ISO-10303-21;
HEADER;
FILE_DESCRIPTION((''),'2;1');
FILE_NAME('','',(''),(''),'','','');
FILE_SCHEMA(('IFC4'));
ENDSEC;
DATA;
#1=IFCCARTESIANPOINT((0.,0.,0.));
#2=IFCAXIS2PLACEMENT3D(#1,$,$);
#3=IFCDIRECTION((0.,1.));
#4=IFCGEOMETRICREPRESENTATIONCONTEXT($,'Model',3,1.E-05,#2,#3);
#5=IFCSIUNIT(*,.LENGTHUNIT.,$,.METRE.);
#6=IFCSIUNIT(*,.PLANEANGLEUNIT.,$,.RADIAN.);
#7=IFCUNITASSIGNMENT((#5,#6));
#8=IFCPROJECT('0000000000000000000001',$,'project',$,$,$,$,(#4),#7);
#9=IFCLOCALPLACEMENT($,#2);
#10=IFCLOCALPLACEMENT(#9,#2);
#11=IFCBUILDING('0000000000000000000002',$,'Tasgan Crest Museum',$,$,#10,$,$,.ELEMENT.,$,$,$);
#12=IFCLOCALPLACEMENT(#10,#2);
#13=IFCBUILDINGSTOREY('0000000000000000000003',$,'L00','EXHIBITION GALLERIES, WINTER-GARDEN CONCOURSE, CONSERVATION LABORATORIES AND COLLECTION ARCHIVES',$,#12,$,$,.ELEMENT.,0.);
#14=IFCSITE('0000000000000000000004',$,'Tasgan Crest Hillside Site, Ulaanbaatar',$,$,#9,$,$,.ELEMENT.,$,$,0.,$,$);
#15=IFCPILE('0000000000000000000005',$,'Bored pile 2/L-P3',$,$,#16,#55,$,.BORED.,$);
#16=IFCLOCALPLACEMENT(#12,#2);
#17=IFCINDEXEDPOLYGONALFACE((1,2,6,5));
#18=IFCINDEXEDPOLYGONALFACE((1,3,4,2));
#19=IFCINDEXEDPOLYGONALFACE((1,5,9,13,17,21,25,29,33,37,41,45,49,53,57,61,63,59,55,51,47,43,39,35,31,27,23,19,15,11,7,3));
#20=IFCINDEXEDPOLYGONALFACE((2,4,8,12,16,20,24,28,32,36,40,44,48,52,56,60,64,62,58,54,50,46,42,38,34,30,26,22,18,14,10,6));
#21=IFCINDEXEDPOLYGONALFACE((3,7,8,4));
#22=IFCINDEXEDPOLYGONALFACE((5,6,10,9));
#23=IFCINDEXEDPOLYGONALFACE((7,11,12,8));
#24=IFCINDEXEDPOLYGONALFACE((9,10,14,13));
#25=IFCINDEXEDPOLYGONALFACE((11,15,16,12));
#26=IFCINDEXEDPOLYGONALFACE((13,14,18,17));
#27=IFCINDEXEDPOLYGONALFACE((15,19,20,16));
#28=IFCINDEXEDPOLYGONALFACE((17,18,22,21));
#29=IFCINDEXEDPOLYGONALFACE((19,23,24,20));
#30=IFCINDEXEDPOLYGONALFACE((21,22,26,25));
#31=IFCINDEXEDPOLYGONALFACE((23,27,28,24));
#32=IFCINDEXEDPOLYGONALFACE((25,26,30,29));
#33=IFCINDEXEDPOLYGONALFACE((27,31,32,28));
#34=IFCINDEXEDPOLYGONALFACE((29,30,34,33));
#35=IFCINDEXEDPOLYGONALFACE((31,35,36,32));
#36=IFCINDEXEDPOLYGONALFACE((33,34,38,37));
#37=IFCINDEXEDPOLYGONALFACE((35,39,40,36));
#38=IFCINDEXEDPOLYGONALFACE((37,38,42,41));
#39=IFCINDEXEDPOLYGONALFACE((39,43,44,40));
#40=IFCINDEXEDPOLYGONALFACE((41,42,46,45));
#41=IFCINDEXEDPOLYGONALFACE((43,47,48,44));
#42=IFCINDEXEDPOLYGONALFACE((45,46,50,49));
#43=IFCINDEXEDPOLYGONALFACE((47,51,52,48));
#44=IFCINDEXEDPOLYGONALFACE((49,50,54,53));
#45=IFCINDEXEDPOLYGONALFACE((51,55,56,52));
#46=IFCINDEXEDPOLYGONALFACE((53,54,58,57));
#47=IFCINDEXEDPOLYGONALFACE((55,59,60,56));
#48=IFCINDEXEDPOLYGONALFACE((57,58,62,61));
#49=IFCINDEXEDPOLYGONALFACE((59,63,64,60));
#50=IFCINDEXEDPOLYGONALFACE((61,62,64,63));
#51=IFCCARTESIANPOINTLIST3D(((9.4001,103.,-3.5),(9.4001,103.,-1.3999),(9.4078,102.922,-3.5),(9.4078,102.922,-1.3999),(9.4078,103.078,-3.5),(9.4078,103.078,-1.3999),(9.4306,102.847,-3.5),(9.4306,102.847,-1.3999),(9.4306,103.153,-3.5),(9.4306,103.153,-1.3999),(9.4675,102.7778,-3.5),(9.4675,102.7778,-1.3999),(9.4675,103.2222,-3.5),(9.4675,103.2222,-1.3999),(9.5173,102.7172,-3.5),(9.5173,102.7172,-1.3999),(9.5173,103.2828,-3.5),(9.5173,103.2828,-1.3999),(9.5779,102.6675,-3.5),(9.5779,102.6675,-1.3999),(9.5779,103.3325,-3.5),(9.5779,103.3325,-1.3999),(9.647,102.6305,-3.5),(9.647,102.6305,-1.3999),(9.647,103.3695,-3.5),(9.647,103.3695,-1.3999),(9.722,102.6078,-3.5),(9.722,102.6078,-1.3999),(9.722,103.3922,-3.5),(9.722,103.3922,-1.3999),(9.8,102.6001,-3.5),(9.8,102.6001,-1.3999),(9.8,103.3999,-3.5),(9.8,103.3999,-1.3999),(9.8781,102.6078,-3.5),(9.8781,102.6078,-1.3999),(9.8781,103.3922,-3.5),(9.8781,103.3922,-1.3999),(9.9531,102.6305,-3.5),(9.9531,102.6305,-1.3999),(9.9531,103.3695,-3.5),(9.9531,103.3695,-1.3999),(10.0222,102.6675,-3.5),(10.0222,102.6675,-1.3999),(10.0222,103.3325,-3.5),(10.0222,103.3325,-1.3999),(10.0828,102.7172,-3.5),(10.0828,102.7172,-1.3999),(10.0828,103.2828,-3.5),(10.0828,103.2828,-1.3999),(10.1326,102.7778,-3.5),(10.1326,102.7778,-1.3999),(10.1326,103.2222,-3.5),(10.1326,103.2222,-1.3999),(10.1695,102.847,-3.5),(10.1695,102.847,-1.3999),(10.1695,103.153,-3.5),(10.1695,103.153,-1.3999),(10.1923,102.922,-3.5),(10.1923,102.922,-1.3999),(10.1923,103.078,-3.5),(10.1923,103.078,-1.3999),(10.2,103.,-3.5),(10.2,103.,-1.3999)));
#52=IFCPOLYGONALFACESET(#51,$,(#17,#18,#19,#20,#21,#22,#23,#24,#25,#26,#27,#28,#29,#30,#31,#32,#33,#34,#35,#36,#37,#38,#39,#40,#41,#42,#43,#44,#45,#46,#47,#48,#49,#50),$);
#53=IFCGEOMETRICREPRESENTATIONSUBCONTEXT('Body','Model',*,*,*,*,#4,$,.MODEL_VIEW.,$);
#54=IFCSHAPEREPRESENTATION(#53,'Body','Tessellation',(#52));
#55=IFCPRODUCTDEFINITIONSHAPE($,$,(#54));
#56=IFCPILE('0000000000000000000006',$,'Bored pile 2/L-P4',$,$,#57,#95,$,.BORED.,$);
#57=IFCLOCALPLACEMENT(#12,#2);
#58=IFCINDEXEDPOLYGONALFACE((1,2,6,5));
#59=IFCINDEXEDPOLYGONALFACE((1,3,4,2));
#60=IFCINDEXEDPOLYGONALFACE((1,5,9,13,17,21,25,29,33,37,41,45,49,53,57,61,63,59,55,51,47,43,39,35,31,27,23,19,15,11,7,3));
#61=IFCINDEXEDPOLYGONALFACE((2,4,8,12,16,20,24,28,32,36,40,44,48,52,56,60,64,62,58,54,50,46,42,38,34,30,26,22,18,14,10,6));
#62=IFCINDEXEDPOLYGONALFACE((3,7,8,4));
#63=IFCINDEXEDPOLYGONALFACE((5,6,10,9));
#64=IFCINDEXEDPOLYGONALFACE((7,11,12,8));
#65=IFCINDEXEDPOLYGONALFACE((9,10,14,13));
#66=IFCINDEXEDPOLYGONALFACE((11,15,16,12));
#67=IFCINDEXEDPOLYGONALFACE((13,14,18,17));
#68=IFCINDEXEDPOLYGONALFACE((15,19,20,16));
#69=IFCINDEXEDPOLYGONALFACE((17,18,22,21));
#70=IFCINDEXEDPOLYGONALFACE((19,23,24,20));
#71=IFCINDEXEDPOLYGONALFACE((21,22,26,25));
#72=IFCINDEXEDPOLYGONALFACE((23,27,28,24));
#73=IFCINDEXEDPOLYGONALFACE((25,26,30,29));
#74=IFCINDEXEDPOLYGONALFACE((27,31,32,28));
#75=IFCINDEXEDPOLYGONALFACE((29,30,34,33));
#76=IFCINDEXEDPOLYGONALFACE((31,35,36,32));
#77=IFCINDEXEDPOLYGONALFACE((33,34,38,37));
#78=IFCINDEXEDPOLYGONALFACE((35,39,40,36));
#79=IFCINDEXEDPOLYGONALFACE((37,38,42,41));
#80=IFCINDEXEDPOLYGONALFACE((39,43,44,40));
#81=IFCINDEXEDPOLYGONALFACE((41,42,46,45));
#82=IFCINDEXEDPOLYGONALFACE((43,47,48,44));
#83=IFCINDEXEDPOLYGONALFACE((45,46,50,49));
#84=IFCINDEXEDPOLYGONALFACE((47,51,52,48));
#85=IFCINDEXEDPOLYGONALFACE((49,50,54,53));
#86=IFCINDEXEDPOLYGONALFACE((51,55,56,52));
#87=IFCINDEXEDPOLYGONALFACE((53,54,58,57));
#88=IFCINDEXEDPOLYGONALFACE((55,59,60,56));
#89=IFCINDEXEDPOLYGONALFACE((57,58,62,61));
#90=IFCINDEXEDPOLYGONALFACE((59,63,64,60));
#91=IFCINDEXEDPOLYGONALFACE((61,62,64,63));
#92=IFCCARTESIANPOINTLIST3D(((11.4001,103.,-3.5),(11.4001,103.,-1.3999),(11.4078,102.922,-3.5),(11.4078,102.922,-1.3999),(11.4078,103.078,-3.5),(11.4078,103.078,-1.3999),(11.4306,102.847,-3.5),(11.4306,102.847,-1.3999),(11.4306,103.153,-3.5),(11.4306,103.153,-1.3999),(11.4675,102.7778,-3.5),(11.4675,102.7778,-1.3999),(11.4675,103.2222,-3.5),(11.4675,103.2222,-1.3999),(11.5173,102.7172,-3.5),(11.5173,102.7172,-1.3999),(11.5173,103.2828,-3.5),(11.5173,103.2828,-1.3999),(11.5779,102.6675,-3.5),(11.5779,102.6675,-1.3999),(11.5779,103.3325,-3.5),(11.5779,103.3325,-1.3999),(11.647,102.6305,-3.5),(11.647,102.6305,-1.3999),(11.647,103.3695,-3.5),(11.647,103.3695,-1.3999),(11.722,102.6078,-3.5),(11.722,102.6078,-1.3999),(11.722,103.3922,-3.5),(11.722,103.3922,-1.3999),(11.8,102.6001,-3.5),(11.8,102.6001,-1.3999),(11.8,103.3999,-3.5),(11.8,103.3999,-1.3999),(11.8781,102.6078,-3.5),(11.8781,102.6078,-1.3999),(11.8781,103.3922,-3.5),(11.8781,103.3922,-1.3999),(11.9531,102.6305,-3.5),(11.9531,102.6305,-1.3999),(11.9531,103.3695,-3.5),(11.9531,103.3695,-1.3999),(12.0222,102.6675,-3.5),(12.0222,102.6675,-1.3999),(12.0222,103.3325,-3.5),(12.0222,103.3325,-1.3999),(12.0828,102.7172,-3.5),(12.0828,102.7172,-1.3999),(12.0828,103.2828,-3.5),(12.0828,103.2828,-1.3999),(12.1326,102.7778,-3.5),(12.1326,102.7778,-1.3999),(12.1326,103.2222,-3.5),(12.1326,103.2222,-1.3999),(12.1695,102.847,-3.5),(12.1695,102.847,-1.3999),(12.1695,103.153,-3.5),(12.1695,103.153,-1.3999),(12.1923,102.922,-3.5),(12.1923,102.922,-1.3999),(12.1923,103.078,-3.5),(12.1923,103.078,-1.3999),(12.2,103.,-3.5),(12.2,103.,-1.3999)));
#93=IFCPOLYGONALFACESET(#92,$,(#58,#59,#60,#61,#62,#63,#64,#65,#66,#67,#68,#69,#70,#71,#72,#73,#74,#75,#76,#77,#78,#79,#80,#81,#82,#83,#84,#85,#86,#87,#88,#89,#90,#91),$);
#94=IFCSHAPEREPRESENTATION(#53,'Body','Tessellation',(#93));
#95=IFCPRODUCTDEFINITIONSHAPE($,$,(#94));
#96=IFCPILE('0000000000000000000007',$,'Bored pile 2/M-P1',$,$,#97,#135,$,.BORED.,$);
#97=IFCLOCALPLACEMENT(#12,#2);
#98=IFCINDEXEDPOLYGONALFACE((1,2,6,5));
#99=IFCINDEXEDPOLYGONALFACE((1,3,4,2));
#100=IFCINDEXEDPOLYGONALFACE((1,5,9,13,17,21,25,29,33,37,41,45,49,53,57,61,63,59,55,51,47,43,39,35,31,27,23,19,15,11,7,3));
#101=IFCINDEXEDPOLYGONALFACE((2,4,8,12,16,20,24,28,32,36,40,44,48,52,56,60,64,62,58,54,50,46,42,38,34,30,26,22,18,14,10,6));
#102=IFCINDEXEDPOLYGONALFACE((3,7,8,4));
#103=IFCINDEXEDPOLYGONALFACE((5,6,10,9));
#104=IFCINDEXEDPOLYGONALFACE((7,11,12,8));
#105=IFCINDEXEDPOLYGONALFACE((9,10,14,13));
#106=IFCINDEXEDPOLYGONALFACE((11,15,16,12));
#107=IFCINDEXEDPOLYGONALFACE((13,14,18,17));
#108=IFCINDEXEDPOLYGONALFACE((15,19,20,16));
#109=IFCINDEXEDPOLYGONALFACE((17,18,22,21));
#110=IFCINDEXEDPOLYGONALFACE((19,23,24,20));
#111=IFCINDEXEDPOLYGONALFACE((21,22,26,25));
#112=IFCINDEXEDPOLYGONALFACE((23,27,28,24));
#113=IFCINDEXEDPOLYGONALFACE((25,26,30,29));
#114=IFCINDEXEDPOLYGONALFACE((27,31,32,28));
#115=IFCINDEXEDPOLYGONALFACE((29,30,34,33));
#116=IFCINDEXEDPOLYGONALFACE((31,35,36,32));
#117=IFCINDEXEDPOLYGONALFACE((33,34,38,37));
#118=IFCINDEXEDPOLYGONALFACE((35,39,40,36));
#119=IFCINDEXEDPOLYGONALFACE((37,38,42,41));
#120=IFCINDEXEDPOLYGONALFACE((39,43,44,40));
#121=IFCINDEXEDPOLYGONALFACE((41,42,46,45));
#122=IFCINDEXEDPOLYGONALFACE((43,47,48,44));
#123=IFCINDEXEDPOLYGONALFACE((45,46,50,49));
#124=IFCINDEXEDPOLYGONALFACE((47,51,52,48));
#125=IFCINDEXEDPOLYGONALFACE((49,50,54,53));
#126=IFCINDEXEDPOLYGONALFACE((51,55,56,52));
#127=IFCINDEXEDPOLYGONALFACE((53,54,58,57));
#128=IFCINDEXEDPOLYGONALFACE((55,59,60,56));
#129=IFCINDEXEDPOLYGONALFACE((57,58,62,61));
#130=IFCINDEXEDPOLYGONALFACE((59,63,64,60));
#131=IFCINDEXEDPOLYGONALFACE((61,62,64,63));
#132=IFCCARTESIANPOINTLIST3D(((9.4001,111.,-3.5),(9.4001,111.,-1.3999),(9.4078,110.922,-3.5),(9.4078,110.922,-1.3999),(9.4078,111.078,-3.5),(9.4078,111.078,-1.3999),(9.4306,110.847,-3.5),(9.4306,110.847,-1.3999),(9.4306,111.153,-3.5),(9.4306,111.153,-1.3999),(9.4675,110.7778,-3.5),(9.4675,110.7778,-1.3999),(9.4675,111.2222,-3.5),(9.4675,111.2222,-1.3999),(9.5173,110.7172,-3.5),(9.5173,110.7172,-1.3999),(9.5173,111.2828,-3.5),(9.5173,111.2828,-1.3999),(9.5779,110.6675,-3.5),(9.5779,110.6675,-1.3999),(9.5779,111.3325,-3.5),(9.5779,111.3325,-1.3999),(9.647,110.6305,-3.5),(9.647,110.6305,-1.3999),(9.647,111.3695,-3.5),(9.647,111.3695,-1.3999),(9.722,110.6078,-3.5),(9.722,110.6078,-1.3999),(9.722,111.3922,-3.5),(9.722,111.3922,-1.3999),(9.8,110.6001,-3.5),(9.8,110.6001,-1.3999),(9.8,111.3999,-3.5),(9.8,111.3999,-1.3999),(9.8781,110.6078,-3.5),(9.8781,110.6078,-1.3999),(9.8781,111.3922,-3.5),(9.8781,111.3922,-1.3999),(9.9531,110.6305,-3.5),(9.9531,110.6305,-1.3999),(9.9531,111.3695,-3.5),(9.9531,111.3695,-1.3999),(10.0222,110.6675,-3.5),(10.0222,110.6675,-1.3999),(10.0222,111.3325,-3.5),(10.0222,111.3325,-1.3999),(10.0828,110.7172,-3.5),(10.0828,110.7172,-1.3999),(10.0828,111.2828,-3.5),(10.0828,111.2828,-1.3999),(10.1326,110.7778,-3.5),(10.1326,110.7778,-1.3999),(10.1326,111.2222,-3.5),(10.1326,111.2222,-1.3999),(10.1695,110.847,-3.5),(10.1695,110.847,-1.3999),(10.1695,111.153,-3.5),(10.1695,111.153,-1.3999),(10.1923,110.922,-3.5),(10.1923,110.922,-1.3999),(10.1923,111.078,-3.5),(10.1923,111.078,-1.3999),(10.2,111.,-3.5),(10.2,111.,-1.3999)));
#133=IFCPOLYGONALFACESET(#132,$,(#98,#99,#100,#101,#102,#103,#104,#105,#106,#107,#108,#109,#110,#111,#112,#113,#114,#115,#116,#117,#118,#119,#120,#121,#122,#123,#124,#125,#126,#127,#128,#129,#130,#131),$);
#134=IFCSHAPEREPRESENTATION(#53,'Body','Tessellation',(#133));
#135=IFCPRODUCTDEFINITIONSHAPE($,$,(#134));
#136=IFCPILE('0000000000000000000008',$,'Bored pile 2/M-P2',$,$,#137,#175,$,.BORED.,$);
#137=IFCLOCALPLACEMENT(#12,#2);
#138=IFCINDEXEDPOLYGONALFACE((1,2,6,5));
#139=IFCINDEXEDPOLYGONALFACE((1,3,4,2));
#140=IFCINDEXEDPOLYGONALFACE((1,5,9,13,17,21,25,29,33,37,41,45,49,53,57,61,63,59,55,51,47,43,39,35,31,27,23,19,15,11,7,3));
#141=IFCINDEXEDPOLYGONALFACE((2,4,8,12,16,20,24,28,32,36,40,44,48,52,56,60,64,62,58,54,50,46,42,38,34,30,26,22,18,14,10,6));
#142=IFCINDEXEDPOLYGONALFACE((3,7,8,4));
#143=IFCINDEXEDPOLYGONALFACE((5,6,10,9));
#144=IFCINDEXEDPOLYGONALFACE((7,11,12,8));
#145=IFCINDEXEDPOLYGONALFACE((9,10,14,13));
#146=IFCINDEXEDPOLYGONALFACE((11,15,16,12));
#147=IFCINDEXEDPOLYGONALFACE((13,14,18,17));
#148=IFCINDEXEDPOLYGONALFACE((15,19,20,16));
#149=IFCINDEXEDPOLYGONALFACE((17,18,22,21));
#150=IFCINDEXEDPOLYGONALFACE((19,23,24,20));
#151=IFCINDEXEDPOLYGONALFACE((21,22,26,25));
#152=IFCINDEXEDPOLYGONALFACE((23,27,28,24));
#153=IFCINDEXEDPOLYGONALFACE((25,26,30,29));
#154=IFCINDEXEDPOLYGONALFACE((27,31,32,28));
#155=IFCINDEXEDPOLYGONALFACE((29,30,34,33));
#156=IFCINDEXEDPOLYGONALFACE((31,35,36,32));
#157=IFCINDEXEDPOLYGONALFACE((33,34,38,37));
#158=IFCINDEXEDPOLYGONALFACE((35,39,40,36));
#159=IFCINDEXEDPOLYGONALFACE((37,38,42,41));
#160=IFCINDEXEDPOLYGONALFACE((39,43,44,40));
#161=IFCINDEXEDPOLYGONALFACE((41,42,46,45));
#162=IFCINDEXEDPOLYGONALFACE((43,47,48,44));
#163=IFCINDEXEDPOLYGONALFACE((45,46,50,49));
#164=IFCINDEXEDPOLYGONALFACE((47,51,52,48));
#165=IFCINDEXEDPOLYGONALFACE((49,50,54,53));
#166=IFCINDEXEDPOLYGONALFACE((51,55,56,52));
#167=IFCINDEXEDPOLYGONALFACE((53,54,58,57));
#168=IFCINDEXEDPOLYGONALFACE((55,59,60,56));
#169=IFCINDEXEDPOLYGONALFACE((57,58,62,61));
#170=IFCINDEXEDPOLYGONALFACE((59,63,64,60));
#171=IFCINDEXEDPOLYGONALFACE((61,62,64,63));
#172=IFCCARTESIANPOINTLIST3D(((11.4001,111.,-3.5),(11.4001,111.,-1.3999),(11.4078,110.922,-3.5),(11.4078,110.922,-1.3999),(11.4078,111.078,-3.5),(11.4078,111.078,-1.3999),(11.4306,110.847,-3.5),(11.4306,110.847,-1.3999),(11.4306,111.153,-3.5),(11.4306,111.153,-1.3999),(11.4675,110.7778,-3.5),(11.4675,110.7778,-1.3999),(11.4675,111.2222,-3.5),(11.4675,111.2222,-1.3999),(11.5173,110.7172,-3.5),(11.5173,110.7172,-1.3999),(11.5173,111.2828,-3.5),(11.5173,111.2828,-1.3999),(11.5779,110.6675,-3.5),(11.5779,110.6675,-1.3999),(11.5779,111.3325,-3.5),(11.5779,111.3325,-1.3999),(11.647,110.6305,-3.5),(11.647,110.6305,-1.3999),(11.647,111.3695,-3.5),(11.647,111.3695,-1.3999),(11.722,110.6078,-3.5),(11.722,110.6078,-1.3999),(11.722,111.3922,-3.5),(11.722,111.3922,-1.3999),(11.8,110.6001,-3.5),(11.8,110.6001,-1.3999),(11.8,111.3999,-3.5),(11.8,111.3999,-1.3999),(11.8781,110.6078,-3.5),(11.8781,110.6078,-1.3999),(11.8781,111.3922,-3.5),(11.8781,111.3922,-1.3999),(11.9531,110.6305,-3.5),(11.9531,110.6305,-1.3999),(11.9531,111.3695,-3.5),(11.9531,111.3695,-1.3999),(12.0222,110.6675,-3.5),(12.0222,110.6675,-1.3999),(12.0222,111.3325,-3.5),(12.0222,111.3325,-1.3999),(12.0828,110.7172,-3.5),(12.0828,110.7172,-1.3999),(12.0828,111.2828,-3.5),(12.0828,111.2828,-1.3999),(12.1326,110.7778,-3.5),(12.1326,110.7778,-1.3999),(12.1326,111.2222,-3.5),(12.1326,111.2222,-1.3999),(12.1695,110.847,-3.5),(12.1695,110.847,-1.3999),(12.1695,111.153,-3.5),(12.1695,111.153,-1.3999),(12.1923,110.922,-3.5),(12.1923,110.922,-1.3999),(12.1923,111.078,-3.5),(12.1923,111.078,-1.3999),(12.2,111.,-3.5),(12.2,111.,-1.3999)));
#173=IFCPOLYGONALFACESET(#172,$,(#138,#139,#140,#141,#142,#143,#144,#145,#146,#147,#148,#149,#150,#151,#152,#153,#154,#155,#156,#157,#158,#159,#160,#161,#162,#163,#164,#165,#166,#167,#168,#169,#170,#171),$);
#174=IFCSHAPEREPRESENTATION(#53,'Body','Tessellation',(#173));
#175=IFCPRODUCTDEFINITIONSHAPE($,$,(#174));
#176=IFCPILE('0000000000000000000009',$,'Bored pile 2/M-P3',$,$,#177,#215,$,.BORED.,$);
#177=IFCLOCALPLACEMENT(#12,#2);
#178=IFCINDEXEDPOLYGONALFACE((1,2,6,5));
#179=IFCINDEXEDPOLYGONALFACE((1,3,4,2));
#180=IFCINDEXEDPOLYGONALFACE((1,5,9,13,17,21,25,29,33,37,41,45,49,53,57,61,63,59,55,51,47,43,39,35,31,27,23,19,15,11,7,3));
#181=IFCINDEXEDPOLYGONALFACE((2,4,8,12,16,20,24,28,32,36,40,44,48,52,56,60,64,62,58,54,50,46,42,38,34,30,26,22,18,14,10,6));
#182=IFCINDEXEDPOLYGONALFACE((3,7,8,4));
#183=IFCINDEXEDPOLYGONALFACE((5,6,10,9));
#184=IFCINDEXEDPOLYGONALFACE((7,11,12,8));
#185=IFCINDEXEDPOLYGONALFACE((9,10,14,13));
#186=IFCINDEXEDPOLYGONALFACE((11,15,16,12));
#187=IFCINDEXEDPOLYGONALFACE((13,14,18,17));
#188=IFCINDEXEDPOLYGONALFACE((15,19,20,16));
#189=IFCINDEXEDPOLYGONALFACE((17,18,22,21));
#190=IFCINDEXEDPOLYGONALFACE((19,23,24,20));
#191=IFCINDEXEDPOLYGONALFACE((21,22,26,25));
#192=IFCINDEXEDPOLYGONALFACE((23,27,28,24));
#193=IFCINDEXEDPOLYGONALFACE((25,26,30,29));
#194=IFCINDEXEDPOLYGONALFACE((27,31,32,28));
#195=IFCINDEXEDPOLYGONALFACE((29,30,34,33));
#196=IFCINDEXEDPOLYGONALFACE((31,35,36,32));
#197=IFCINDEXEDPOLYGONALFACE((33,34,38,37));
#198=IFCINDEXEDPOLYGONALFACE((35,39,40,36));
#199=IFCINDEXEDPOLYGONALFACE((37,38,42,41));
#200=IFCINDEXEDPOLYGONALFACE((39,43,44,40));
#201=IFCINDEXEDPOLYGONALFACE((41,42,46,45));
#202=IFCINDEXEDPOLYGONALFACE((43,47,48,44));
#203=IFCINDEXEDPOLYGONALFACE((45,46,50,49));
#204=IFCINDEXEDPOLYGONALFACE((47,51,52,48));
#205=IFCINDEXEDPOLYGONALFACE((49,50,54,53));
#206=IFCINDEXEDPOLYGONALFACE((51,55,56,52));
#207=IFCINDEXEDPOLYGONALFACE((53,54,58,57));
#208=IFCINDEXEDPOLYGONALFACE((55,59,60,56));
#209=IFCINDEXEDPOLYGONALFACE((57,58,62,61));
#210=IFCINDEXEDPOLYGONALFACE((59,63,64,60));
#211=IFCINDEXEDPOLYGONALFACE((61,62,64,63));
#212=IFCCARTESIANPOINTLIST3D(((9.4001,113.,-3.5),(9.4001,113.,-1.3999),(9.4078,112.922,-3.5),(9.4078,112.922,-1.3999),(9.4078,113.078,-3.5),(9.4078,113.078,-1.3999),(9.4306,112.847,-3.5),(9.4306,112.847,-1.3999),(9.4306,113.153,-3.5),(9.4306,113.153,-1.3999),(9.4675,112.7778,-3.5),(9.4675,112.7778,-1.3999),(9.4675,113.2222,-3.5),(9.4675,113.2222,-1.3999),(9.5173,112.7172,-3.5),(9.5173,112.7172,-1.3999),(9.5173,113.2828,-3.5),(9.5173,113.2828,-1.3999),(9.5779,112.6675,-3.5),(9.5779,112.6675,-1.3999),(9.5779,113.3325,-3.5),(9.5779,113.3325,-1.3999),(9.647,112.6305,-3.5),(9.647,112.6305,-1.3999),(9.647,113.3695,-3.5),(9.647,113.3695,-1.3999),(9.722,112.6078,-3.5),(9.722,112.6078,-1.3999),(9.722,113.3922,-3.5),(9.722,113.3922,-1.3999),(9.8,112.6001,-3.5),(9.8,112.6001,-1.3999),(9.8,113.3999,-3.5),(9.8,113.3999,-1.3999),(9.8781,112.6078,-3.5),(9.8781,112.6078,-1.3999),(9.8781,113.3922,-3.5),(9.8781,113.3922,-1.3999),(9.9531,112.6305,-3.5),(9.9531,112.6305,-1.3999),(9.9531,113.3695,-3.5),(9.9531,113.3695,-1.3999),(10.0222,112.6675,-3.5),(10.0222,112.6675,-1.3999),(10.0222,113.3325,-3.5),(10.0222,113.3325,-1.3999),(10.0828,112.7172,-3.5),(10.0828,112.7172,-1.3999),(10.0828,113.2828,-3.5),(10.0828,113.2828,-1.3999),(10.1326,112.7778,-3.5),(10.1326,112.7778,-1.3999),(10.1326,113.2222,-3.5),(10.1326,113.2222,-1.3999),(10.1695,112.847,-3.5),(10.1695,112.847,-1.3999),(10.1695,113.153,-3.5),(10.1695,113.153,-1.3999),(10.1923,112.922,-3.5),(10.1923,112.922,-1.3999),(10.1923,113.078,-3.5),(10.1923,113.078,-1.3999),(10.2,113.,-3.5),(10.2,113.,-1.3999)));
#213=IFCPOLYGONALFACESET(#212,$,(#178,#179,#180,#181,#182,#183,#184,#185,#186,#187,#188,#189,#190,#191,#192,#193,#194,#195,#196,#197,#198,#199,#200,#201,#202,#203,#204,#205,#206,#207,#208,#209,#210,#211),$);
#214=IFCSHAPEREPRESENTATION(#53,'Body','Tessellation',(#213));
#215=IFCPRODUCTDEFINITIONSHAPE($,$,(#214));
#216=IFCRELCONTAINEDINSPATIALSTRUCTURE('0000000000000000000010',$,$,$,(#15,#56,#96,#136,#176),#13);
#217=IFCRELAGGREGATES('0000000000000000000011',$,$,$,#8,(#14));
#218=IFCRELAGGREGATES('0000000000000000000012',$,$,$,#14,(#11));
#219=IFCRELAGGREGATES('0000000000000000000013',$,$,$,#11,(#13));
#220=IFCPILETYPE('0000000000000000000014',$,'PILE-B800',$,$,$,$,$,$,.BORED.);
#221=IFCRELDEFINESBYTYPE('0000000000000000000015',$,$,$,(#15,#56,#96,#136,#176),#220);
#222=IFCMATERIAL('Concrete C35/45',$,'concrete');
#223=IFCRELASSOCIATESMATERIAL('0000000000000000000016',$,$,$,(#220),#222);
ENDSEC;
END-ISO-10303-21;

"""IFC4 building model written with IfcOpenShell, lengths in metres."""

from ifc_helpers import new_model, si_unit, direction, frame, origin, origin_2d, place, context, subcontext, project, spatial, circle, extrude, material, material_profile, profile_set, type_object, element, save


model = new_model("IFC4")

# Units and contexts
model_context = context("Model", 3, precision=1e-05, world=origin(), true_north=direction((0.0, 1.0)))
body_context = subcontext(model_context, "Body", "Model", "MODEL_VIEW")
ifc_project = project(units=[si_unit("LENGTHUNIT", "METRE"), si_unit("PLANEANGLEUNIT", "RADIAN")], contexts=[model_context])

# Site, building, storey
site_placement = place(None, origin())
site = spatial("IfcSite", under=ifc_project, at=site_placement, Name="Tasgan Crest Hillside Site, Ulaanbaatar", CompositionType="ELEMENT", RefElevation=0.0)
building_placement = place(site_placement, origin())
building = spatial("IfcBuilding", under=site, at=building_placement, Name="Tasgan Crest Museum", CompositionType="ELEMENT")
storey_placement = place(building_placement, origin())
storey = spatial("IfcBuildingStorey", under=building, at=storey_placement, Name="L00", Description="EXHIBITION GALLERIES, WINTER-GARDEN CONCOURSE, CONSERVATION LABORATORIES AND COLLECTION ARCHIVES", CompositionType="ELEMENT", Elevation=0.0)

# Piles
ifc_material_1 = material(Name="Concrete C35/45", Category="concrete")
ifc_material_profile_1 = material_profile(ifc_material_1, circle(Radius=0.3999, at=origin_2d()), Name="PILE D800")
ifc_profile_set_1 = profile_set([ifc_material_profile_1], Name="Concrete C35/45")
pile_type = type_object("IfcPileType", Name="PILE-B800", PredefinedType="BORED", material=ifc_profile_set_1)
for number, where, z_axis, x_axis, name in (
    (1, (9.8, 103.0, -1.3999), (0.0, 0.0, -1.0), (1.0, 0.0, 0.0), "Bored pile 2/L-P3"),
    (2, (11.8, 103.0, -1.3999), (0.0, 0.0, -1.0), (1.0, 0.0, 0.0), "Bored pile 2/L-P4"),
    (3, (9.8, 111.0, -1.3999), (0.0, 0.0, -1.0), (1.0, 0.0, 0.0), "Bored pile 2/M-P1"),
    (4, (11.8, 111.0, -1.3999), (0.0, 0.0, -1.0), (1.0, 0.0, 0.0), "Bored pile 2/M-P2"),
    (5, (9.8, 113.0, -1.3999), (0.0, 0.0, -1.0), (1.0, 0.0, 0.0), "Bored pile 2/M-P3"),
):
    element("IfcPile", number, at=place(storey_placement, frame(where, z_axis=z_axis, x_axis=x_axis)), inside=storey, type_object=pile_type, Name=name, PredefinedType="BORED", context=body_context, shape_type="SweptSolid", body=[
        extrude(circle(Radius=0.3999, at=origin_2d()), origin(), (0.0, 0.0, 1.0), 2.1001),
    ])

save(model, "model.ifc")
